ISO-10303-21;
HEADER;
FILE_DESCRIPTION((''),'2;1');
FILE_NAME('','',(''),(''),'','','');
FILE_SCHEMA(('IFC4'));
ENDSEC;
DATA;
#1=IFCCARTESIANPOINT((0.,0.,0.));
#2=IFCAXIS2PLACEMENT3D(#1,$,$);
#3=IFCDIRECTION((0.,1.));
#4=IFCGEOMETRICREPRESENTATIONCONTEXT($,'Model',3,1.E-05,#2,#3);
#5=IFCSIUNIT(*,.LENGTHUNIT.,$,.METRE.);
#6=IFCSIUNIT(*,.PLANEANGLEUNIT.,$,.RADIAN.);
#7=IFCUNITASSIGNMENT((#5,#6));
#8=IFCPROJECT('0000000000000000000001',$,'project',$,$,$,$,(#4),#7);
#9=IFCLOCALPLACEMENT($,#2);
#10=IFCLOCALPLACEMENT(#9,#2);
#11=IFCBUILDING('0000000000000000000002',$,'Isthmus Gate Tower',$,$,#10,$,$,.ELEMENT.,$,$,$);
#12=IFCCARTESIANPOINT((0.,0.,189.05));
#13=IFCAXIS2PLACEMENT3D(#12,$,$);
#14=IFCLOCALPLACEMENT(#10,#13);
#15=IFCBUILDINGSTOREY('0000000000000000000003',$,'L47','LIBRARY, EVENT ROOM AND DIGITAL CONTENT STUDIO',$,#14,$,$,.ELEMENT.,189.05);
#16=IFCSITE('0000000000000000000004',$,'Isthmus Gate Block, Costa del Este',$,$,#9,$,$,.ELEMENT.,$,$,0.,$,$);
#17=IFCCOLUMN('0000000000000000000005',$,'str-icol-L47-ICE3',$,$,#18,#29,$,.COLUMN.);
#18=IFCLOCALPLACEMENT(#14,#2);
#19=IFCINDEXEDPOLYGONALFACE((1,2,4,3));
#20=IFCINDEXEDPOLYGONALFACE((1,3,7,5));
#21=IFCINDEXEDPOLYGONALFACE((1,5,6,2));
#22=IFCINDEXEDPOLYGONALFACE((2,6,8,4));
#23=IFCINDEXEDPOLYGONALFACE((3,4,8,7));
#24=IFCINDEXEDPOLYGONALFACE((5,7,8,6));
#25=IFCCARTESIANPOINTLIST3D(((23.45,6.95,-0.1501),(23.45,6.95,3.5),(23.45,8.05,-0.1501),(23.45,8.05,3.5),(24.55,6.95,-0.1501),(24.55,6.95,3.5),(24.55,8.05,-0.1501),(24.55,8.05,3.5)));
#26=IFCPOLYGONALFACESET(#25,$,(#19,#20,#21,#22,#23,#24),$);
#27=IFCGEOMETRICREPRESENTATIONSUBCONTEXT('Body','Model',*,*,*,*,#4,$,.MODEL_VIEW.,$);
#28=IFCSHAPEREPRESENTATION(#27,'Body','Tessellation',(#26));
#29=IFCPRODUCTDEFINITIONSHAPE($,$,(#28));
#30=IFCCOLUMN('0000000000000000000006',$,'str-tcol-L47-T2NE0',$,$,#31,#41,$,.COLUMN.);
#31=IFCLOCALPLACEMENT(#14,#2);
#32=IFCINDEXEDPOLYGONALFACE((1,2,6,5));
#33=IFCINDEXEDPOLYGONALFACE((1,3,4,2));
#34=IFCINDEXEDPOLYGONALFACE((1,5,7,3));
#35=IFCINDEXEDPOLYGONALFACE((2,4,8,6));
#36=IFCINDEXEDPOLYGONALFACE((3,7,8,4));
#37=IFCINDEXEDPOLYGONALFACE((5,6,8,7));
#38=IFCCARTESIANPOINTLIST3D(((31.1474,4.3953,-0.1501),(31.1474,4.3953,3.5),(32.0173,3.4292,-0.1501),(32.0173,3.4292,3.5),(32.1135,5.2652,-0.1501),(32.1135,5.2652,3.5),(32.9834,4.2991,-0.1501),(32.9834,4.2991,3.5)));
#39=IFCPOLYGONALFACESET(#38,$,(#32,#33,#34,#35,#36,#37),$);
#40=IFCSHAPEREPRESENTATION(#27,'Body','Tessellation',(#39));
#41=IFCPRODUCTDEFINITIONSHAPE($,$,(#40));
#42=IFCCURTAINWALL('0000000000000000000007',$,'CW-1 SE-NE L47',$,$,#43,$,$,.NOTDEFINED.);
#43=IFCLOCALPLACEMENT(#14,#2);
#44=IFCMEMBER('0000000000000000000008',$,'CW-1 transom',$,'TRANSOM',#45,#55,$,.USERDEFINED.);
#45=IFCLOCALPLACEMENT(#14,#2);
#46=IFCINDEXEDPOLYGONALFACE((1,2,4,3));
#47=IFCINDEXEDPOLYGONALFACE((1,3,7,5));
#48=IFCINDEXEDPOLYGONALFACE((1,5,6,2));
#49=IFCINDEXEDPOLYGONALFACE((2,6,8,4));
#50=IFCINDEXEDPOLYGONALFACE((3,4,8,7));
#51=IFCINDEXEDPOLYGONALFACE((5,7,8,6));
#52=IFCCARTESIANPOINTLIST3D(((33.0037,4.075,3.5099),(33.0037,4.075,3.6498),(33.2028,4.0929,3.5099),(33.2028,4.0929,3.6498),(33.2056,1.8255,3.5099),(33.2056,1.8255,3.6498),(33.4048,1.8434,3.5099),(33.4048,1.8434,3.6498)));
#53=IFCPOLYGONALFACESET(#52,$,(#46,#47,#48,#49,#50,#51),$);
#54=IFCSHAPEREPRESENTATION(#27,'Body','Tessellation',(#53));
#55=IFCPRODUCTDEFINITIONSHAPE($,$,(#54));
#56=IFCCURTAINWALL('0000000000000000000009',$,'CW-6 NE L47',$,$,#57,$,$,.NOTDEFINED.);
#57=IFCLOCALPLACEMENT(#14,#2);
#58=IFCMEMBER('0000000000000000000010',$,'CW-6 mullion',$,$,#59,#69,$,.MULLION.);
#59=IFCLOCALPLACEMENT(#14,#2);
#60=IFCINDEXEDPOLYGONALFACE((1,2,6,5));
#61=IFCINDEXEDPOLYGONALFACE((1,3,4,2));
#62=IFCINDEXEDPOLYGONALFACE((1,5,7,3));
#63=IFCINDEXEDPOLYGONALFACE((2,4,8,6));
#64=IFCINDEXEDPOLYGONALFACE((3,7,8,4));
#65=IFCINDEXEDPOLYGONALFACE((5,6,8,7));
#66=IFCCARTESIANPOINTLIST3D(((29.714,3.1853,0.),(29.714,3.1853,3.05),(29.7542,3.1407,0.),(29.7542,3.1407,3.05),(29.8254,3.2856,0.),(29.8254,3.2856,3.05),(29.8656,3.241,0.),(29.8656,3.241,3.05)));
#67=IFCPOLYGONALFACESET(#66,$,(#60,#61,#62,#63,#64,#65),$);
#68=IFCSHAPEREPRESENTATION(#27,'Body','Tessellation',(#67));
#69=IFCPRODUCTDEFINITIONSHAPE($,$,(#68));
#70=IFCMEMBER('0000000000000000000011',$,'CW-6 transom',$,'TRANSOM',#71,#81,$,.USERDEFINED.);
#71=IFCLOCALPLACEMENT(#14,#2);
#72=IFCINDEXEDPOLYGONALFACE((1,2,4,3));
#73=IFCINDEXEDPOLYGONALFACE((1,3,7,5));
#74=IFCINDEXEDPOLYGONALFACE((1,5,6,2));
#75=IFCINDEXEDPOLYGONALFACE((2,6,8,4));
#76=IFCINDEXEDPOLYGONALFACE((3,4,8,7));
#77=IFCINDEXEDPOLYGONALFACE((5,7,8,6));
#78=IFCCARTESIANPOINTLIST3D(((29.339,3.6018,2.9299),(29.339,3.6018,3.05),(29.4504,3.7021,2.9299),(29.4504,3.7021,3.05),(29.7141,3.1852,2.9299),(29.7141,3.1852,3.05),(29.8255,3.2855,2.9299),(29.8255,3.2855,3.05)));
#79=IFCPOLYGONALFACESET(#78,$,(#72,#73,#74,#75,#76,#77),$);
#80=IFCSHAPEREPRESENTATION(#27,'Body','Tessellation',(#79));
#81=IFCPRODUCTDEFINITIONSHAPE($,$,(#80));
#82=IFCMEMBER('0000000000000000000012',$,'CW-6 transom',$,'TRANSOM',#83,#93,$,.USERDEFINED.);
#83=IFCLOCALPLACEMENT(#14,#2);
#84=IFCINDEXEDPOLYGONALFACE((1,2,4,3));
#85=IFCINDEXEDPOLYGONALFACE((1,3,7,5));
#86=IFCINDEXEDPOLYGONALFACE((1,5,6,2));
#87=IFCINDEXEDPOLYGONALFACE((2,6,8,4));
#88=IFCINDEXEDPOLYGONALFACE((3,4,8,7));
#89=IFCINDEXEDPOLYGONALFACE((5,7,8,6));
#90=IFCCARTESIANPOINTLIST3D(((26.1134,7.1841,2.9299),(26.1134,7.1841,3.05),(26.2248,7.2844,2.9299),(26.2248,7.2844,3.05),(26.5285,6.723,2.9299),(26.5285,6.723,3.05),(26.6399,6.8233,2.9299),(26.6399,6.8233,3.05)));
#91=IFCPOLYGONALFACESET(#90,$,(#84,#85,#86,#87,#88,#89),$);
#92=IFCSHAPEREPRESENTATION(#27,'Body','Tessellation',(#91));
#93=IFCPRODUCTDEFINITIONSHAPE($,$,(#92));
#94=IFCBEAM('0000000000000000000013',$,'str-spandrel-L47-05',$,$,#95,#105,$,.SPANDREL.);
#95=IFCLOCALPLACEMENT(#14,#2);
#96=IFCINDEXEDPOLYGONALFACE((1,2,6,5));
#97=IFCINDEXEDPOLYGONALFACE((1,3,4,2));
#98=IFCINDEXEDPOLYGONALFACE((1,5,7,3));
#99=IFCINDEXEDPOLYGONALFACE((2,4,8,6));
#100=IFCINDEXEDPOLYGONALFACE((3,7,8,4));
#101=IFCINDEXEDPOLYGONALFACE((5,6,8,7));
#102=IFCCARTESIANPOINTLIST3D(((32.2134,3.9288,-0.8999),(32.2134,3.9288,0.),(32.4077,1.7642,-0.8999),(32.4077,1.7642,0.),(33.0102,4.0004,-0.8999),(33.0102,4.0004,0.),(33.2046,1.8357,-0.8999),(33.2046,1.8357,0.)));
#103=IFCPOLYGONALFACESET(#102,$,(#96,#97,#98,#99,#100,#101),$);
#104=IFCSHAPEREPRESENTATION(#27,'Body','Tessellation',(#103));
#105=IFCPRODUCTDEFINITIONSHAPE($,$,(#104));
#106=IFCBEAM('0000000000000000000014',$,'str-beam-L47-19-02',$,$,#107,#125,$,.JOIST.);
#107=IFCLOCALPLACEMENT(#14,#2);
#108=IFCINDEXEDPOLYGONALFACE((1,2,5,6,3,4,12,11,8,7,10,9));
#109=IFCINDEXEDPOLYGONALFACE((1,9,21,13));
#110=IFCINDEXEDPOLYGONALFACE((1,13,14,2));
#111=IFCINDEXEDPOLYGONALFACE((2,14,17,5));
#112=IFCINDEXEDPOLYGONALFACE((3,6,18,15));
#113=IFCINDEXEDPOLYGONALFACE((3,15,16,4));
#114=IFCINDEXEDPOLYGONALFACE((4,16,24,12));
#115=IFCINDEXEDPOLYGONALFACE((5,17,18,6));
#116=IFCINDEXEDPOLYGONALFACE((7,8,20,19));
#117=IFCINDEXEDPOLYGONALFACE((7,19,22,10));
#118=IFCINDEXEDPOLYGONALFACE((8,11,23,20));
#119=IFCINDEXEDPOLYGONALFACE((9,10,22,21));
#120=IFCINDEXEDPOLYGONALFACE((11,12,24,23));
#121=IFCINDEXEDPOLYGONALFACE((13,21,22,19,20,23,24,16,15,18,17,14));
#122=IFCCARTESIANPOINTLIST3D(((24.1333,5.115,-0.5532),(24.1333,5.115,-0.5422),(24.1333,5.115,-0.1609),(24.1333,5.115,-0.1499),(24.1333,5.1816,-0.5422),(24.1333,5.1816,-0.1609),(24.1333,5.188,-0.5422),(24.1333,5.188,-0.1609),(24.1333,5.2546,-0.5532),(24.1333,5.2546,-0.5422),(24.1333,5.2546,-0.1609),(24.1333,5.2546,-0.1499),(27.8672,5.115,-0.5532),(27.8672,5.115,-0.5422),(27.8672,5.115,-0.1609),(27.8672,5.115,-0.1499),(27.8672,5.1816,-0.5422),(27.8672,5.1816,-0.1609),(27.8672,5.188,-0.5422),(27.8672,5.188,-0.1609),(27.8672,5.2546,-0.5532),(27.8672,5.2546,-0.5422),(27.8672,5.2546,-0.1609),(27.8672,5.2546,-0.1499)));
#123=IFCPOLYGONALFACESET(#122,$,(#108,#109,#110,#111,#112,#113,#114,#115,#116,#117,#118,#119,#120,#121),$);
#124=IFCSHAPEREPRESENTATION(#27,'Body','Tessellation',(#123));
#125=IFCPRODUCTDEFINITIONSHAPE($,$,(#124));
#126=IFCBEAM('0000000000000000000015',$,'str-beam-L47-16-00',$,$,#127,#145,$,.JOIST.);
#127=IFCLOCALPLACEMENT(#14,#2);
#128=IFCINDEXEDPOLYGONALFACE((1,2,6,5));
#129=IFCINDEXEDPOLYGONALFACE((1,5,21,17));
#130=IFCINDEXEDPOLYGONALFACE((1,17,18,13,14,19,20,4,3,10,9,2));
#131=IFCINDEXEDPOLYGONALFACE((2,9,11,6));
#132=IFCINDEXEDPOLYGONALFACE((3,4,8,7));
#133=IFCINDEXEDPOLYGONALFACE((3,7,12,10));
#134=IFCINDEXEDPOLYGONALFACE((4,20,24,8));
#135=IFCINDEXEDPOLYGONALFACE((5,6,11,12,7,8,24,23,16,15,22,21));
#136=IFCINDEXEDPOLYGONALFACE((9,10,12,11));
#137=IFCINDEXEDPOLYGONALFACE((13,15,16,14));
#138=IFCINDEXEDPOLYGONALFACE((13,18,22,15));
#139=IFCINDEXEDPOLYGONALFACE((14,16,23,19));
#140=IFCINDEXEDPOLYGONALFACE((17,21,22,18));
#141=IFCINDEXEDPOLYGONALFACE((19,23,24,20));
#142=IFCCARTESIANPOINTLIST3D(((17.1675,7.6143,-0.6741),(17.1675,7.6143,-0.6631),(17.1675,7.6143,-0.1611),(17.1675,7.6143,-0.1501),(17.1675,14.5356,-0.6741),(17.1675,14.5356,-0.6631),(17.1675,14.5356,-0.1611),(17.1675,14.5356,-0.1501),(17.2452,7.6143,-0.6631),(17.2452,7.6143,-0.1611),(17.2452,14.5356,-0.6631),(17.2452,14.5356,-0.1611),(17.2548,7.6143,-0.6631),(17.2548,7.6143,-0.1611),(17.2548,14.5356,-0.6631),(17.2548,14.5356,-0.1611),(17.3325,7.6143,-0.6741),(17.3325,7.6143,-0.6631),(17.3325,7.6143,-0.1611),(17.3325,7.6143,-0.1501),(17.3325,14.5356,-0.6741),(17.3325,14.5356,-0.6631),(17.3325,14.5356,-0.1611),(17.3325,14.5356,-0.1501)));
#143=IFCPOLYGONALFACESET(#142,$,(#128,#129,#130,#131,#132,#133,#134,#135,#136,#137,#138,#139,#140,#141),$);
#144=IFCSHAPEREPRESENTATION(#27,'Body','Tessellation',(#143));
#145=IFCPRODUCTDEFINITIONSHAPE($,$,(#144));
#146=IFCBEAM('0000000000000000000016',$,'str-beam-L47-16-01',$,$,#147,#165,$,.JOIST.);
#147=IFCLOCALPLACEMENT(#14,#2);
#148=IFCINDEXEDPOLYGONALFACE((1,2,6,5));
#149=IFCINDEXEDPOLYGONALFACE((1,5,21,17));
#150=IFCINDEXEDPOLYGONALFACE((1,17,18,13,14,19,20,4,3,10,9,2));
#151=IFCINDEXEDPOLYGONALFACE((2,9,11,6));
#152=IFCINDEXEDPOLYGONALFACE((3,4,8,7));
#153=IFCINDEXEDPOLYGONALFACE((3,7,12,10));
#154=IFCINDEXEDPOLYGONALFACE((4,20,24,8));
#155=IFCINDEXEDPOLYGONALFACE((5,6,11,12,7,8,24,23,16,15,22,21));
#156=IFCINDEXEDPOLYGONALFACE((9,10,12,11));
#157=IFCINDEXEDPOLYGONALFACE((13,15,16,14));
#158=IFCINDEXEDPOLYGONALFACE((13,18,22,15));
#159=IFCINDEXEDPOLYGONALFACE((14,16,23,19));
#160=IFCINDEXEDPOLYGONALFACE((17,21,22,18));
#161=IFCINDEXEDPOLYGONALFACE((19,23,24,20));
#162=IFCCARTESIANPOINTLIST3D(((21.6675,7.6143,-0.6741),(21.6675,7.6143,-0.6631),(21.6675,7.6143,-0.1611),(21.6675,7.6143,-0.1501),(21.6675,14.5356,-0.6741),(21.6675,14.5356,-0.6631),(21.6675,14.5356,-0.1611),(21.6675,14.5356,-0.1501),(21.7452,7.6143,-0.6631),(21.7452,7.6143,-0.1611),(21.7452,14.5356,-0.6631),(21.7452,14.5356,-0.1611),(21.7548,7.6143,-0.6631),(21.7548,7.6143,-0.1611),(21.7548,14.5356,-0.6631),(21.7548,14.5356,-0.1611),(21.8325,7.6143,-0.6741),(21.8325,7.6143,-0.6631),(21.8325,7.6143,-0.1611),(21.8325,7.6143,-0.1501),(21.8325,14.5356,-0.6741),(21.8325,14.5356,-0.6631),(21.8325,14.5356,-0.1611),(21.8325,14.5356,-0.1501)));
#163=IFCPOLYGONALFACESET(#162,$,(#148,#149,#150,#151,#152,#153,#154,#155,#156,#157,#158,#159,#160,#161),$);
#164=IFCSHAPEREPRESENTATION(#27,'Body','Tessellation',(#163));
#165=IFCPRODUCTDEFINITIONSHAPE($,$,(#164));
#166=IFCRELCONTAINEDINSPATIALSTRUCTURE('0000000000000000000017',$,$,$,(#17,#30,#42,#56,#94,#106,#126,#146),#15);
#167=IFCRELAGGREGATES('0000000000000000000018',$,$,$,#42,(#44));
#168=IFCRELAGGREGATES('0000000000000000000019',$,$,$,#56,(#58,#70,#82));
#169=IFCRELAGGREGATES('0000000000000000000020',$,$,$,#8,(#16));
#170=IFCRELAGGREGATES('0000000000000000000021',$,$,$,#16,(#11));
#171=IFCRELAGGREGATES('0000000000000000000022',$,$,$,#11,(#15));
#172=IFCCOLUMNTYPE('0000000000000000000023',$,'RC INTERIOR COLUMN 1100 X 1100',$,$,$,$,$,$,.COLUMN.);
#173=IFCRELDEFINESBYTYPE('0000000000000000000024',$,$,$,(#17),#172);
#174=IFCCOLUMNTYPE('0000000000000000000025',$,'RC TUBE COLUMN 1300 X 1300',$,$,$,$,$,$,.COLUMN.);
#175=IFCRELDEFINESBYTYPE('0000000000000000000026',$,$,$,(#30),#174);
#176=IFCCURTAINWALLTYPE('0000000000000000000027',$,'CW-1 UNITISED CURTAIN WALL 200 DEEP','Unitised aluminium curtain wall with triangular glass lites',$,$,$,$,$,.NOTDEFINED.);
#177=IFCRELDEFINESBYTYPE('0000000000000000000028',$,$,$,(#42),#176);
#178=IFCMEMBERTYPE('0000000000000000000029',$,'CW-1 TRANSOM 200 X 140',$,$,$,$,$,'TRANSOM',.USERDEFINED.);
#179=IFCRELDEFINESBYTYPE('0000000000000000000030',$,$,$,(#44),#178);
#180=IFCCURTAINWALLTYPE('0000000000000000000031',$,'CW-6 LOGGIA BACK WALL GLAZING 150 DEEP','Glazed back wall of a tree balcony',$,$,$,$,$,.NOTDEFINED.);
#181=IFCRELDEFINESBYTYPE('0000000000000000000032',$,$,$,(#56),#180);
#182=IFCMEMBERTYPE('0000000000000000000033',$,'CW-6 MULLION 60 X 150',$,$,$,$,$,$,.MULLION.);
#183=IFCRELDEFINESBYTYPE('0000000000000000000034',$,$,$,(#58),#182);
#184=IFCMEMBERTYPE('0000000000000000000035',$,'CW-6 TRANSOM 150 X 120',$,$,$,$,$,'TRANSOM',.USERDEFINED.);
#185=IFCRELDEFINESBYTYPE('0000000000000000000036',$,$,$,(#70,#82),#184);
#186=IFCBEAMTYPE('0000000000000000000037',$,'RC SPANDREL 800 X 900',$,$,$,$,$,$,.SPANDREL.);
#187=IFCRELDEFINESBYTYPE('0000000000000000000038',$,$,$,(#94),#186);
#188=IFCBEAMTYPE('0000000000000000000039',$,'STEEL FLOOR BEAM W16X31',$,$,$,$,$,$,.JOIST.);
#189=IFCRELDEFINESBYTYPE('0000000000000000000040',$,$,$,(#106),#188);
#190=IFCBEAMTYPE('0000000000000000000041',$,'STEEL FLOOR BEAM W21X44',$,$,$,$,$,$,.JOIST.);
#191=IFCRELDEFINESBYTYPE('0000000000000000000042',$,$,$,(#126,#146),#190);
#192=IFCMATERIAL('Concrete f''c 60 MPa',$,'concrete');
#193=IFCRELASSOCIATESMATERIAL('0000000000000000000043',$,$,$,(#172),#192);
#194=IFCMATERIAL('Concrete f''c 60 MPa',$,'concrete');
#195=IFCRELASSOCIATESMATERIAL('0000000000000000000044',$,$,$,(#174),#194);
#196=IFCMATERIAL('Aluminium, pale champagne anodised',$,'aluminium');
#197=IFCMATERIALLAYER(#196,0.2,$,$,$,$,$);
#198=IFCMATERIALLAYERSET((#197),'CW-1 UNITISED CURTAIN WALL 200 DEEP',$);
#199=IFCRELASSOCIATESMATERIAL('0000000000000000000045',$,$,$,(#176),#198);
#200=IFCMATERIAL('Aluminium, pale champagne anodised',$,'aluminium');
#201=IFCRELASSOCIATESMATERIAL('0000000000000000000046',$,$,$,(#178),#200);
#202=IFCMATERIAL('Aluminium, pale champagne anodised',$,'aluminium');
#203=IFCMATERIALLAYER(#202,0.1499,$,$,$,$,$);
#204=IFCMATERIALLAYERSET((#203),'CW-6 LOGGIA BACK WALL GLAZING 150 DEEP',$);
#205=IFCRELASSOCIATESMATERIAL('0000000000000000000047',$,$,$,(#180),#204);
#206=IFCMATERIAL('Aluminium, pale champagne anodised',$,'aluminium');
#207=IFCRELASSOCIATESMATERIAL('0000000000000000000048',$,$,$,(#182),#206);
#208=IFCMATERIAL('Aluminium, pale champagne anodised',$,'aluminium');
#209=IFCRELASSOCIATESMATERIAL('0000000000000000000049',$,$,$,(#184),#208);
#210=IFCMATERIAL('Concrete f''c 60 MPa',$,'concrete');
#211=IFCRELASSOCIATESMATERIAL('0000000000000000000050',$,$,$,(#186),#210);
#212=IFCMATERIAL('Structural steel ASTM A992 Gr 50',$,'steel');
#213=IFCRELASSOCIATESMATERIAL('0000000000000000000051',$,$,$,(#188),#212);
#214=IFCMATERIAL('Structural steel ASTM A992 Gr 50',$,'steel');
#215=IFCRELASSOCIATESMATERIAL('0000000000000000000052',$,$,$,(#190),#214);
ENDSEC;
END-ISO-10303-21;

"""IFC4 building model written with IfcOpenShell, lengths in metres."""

from ifc_helpers import new_model, si_unit, direction, frame, origin, origin_2d, place, context, subcontext, project, spatial, rectangle, i_section, extrude, material, layer, layer_set, material_profile, profile_set, type_object, element, aggregate, save


model = new_model("IFC4")

# Units and contexts
model_context = context("Model", 3, precision=1e-05, world=origin(), true_north=direction((0.0, 1.0)))
body_context = subcontext(model_context, "Body", "Model", "MODEL_VIEW")
ifc_project = project(units=[si_unit("LENGTHUNIT", "METRE"), si_unit("PLANEANGLEUNIT", "RADIAN")], contexts=[model_context])

# Site, building, storey
site_placement = place(None, origin())
site = spatial("IfcSite", under=ifc_project, at=site_placement, Name="Isthmus Gate Block, Costa del Este", CompositionType="ELEMENT", RefElevation=0.0)
building_placement = place(site_placement, origin())
building = spatial("IfcBuilding", under=site, at=building_placement, Name="Isthmus Gate Tower", CompositionType="ELEMENT")
storey_placement = place(building_placement, frame((0.0, 0.0, 189.05)))
storey = spatial("IfcBuildingStorey", under=building, at=storey_placement, Name="L47", Description="LIBRARY, EVENT ROOM AND DIGITAL CONTENT STUDIO", CompositionType="ELEMENT", Elevation=189.05)

# Columns
ifc_material_1 = material(Name="Concrete f'c 60 MPa", Category="concrete")
ifc_material_profile_1 = material_profile(ifc_material_1, rectangle(XDim=1.1001, YDim=1.1001, at=origin_2d()), Name="RC 1100X1100")
ifc_profile_set_1 = profile_set([ifc_material_profile_1], Name="Concrete f'c 60 MPa")
column_type_1 = type_object("IfcColumnType", Name="RC INTERIOR COLUMN 1100 X 1100", PredefinedType="COLUMN", material=ifc_profile_set_1)
column_1_placement = place(storey_placement, frame((24.0, 7.5, -0.1501), z_axis=(0.0, 0.0, 1.0), x_axis=(1.0, 0.0, 0.0)))
element("IfcColumn", 1, at=column_1_placement, inside=storey, type_object=column_type_1, Name="str-icol-L47-ICE3", PredefinedType="COLUMN", context=body_context, shape_type="SweptSolid", body=[
    extrude(rectangle(XDim=1.1001, YDim=1.1001, at=origin_2d()), origin(), (0.0, 0.0, 1.0), 3.6501),
])
ifc_material_2 = material(Name="Concrete f'c 60 MPa", Category="concrete")
ifc_material_profile_2 = material_profile(ifc_material_2, rectangle(XDim=1.3, YDim=1.3, at=origin_2d()), Name="RC 1300X1300")
ifc_profile_set_2 = profile_set([ifc_material_profile_2], Name="Concrete f'c 60 MPa")
column_type_2 = type_object("IfcColumnType", Name="RC TUBE COLUMN 1300 X 1300", PredefinedType="COLUMN", material=ifc_profile_set_2)
column_2_placement = place(storey_placement, frame((32.0654, 4.3472, -0.1501), z_axis=(0.0, 0.0, 1.0), x_axis=(-0.669131, 0.743145, 0.0)))
element("IfcColumn", 2, at=column_2_placement, inside=storey, type_object=column_type_2, Name="str-tcol-L47-T2NE0", PredefinedType="COLUMN", context=body_context, shape_type="SweptSolid", body=[
    extrude(rectangle(XDim=1.3, YDim=1.3, at=origin_2d()), origin(), (0.0, 0.0, 1.0), 3.6501),
])

# Curtain wall, member
ifc_material_3 = material(Name="Aluminium, pale champagne anodised", Category="aluminium")
ifc_layer_1 = layer(ifc_material_3, 0.2)
ifc_layer_set_1 = layer_set([ifc_layer_1], Name="CW-1 UNITISED CURTAIN WALL 200 DEEP")
curtain_wall_type_1 = type_object("IfcCurtainWallType", Name="CW-1 UNITISED CURTAIN WALL 200 DEEP", Description="Unitised aluminium curtain wall with triangular glass lites", PredefinedType="NOTDEFINED", material=ifc_layer_set_1)
curtain_wall_1_placement = place(storey_placement, origin())
curtain_wall_1 = element("IfcCurtainWall", 3, at=curtain_wall_1_placement, inside=storey, type_object=curtain_wall_type_1, Name="CW-1 SE-NE L47", PredefinedType="NOTDEFINED")
ifc_material_4 = material(Name="Aluminium, pale champagne anodised", Category="aluminium")
ifc_material_profile_3 = material_profile(ifc_material_4, rectangle(XDim=0.2, YDim=0.1399, at=origin_2d()), Name="200x140")
ifc_profile_set_3 = profile_set([ifc_material_profile_3], Name="Aluminium, pale champagne anodised")
member_type_1 = type_object("IfcMemberType", Name="CW-1 TRANSOM 200 X 140", ElementType="TRANSOM", PredefinedType="USERDEFINED", material=ifc_profile_set_3)
member_1_placement = place(storey_placement, frame((33.3052, 1.8345, 3.5798), z_axis=(-0.089395, 0.995996, 0.0), x_axis=(-0.995996, -0.089395, 0.0)))
member_1 = element("IfcMember", 4, at=member_1_placement, type_object=member_type_1, Name="CW-1 transom", ObjectType="TRANSOM", PredefinedType="USERDEFINED", context=body_context, shape_type="SweptSolid", body=[
    extrude(rectangle(XDim=0.2, YDim=0.1399, at=origin_2d()), origin(), (0.0, 0.0, 1.0), 2.2585),
])

# Curtain wall, members
ifc_material_5 = material(Name="Aluminium, pale champagne anodised", Category="aluminium")
ifc_layer_2 = layer(ifc_material_5, 0.1499)
ifc_layer_set_2 = layer_set([ifc_layer_2], Name="CW-6 LOGGIA BACK WALL GLAZING 150 DEEP")
curtain_wall_type_2 = type_object("IfcCurtainWallType", Name="CW-6 LOGGIA BACK WALL GLAZING 150 DEEP", Description="Glazed back wall of a tree balcony", PredefinedType="NOTDEFINED", material=ifc_layer_set_2)
curtain_wall_2_placement = place(storey_placement, origin())
curtain_wall_2 = element("IfcCurtainWall", 5, at=curtain_wall_2_placement, inside=storey, type_object=curtain_wall_type_2, Name="CW-6 NE L47", PredefinedType="NOTDEFINED")
ifc_material_6 = material(Name="Aluminium, pale champagne anodised", Category="aluminium")
ifc_material_profile_4 = material_profile(ifc_material_6, rectangle(XDim=0.0601, YDim=0.1499, at=origin_2d()), Name="60x150")
ifc_profile_set_4 = profile_set([ifc_material_profile_4], Name="Aluminium, pale champagne anodised")
member_type_2 = type_object("IfcMemberType", Name="CW-6 MULLION 60 X 150", PredefinedType="MULLION", material=ifc_profile_set_4)
member_2_placement = place(storey_placement, frame((29.7898, 3.2131, 0.0), z_axis=(0.0, 0.0, 1.0), x_axis=(-0.669131, 0.743145, 0.0)))
member_2 = element("IfcMember", 6, at=member_2_placement, type_object=member_type_2, Name="CW-6 mullion", PredefinedType="MULLION", context=body_context, shape_type="SweptSolid", body=[
    extrude(rectangle(XDim=0.0601, YDim=0.1499, at=origin_2d()), origin(), (0.0, 0.0, 1.0), 3.05),
])
ifc_material_7 = material(Name="Aluminium, pale champagne anodised", Category="aluminium")
ifc_material_profile_5 = material_profile(ifc_material_7, rectangle(XDim=0.1499, YDim=0.1201, at=origin_2d()), Name="150x120")
ifc_profile_set_5 = profile_set([ifc_material_profile_5], Name="Aluminium, pale champagne anodised")
member_type_3 = type_object("IfcMemberType", Name="CW-6 TRANSOM 150 X 120", ElementType="TRANSOM", PredefinedType="USERDEFINED", material=ifc_profile_set_5)
member_3_placement = place(storey_placement, frame((29.7698, 3.2354, 2.99), z_axis=(-0.669109, 0.743164, 0.0), x_axis=(-0.743164, -0.669109, 0.0)))
member_3 = element("IfcMember", 7, at=member_3_placement, type_object=member_type_3, Name="CW-6 transom", ObjectType="TRANSOM", PredefinedType="USERDEFINED", context=body_context, shape_type="SweptSolid", body=[
    extrude(rectangle(XDim=0.1499, YDim=0.1201, at=origin_2d()), origin(), (0.0, 0.0, 1.0), 0.5605),
])
member_4_placement = place(storey_placement, frame((26.5842, 6.7732, 2.99), z_axis=(-0.669139, 0.743138, 0.0), x_axis=(-0.743138, -0.669139, 0.0)))
member_4 = element("IfcMember", 8, at=member_4_placement, type_object=member_type_3, Name="CW-6 transom", ObjectType="TRANSOM", PredefinedType="USERDEFINED", context=body_context, shape_type="SweptSolid", body=[
    extrude(rectangle(XDim=0.1499, YDim=0.1201, at=origin_2d()), origin(), (0.0, 0.0, 1.0), 0.6204),
])

# Beams
ifc_material_8 = material(Name="Concrete f'c 60 MPa", Category="concrete")
ifc_material_profile_6 = material_profile(ifc_material_8, rectangle(XDim=0.8, YDim=0.8999, at=origin_2d()), Name="RC 800X900")
ifc_profile_set_6 = profile_set([ifc_material_profile_6], Name="Concrete f'c 60 MPa")
beam_type_1 = type_object("IfcBeamType", Name="RC SPANDREL 800 X 900", PredefinedType="SPANDREL", material=ifc_profile_set_6)
beam_1_placement = place(storey_placement, frame((32.6118, 3.9646, -0.45), z_axis=(0.089422, -0.995994, 0.0), x_axis=(0.995994, 0.089422, 0.0)))
element("IfcBeam", 9, at=beam_1_placement, inside=storey, type_object=beam_type_1, Name="str-spandrel-L47-05", PredefinedType="SPANDREL", context=body_context, shape_type="SweptSolid", body=[
    extrude(rectangle(XDim=0.8, YDim=0.8999, at=origin_2d()), origin(), (0.0, 0.0, 1.0), 2.1733),
])
ifc_material_9 = material(Name="Structural steel ASTM A992 Gr 50", Category="steel")
ifc_material_profile_7 = material_profile(ifc_material_9, i_section(OverallWidth=0.1396, OverallDepth=0.4033, WebThickness=0.0063, FlangeThickness=0.011, at=origin_2d()), Name="W16X31")
ifc_profile_set_7 = profile_set([ifc_material_profile_7], Name="Structural steel ASTM A992 Gr 50")
beam_type_2 = type_object("IfcBeamType", Name="STEEL FLOOR BEAM W16X31", PredefinedType="JOIST", material=ifc_profile_set_7)
beam_2_placement = place(storey_placement, frame((24.1333, 5.1848, -0.3516), z_axis=(1.0, 0.0, 0.0), x_axis=(0.0, 1.0, 0.0)))
element("IfcBeam", 10, at=beam_2_placement, inside=storey, type_object=beam_type_2, Name="str-beam-L47-19-02", PredefinedType="JOIST", context=body_context, shape_type="SweptSolid", body=[
    extrude(i_section(OverallWidth=0.1396, OverallDepth=0.4033, WebThickness=0.0063, FlangeThickness=0.011, at=origin_2d()), origin(), (0.0, 0.0, 1.0), 3.7339),
])
ifc_material_10 = material(Name="Structural steel ASTM A992 Gr 50", Category="steel")
ifc_material_profile_8 = material_profile(ifc_material_10, i_section(OverallWidth=0.165, OverallDepth=0.5239, WebThickness=0.0095, FlangeThickness=0.011, at=origin_2d()), Name="W21X44")
ifc_profile_set_8 = profile_set([ifc_material_profile_8], Name="Structural steel ASTM A992 Gr 50")
beam_type_3 = type_object("IfcBeamType", Name="STEEL FLOOR BEAM W21X44", PredefinedType="JOIST", material=ifc_profile_set_8)
for number, where, z_axis, x_axis, name in (
    (11, (17.25, 7.6143, -0.4121), (0.0, 1.0, 0.0), (-1.0, 0.0, 0.0), "str-beam-L47-16-00"),
    (12, (21.75, 7.6143, -0.4121), (0.0, 1.0, 0.0), (-1.0, 0.0, 0.0), "str-beam-L47-16-01"),
):
    element("IfcBeam", number, at=place(storey_placement, frame(where, z_axis=z_axis, x_axis=x_axis)), inside=storey, type_object=beam_type_3, Name=name, PredefinedType="JOIST", context=body_context, shape_type="SweptSolid", body=[
        extrude(i_section(OverallWidth=0.165, OverallDepth=0.5239, WebThickness=0.0095, FlangeThickness=0.011, at=origin_2d()), origin(), (0.0, 0.0, 1.0), 6.9214),
    ])

aggregate(curtain_wall_1, [member_1])
aggregate(curtain_wall_2, [member_2, member_3, member_4])

save(model, "model.ifc")
